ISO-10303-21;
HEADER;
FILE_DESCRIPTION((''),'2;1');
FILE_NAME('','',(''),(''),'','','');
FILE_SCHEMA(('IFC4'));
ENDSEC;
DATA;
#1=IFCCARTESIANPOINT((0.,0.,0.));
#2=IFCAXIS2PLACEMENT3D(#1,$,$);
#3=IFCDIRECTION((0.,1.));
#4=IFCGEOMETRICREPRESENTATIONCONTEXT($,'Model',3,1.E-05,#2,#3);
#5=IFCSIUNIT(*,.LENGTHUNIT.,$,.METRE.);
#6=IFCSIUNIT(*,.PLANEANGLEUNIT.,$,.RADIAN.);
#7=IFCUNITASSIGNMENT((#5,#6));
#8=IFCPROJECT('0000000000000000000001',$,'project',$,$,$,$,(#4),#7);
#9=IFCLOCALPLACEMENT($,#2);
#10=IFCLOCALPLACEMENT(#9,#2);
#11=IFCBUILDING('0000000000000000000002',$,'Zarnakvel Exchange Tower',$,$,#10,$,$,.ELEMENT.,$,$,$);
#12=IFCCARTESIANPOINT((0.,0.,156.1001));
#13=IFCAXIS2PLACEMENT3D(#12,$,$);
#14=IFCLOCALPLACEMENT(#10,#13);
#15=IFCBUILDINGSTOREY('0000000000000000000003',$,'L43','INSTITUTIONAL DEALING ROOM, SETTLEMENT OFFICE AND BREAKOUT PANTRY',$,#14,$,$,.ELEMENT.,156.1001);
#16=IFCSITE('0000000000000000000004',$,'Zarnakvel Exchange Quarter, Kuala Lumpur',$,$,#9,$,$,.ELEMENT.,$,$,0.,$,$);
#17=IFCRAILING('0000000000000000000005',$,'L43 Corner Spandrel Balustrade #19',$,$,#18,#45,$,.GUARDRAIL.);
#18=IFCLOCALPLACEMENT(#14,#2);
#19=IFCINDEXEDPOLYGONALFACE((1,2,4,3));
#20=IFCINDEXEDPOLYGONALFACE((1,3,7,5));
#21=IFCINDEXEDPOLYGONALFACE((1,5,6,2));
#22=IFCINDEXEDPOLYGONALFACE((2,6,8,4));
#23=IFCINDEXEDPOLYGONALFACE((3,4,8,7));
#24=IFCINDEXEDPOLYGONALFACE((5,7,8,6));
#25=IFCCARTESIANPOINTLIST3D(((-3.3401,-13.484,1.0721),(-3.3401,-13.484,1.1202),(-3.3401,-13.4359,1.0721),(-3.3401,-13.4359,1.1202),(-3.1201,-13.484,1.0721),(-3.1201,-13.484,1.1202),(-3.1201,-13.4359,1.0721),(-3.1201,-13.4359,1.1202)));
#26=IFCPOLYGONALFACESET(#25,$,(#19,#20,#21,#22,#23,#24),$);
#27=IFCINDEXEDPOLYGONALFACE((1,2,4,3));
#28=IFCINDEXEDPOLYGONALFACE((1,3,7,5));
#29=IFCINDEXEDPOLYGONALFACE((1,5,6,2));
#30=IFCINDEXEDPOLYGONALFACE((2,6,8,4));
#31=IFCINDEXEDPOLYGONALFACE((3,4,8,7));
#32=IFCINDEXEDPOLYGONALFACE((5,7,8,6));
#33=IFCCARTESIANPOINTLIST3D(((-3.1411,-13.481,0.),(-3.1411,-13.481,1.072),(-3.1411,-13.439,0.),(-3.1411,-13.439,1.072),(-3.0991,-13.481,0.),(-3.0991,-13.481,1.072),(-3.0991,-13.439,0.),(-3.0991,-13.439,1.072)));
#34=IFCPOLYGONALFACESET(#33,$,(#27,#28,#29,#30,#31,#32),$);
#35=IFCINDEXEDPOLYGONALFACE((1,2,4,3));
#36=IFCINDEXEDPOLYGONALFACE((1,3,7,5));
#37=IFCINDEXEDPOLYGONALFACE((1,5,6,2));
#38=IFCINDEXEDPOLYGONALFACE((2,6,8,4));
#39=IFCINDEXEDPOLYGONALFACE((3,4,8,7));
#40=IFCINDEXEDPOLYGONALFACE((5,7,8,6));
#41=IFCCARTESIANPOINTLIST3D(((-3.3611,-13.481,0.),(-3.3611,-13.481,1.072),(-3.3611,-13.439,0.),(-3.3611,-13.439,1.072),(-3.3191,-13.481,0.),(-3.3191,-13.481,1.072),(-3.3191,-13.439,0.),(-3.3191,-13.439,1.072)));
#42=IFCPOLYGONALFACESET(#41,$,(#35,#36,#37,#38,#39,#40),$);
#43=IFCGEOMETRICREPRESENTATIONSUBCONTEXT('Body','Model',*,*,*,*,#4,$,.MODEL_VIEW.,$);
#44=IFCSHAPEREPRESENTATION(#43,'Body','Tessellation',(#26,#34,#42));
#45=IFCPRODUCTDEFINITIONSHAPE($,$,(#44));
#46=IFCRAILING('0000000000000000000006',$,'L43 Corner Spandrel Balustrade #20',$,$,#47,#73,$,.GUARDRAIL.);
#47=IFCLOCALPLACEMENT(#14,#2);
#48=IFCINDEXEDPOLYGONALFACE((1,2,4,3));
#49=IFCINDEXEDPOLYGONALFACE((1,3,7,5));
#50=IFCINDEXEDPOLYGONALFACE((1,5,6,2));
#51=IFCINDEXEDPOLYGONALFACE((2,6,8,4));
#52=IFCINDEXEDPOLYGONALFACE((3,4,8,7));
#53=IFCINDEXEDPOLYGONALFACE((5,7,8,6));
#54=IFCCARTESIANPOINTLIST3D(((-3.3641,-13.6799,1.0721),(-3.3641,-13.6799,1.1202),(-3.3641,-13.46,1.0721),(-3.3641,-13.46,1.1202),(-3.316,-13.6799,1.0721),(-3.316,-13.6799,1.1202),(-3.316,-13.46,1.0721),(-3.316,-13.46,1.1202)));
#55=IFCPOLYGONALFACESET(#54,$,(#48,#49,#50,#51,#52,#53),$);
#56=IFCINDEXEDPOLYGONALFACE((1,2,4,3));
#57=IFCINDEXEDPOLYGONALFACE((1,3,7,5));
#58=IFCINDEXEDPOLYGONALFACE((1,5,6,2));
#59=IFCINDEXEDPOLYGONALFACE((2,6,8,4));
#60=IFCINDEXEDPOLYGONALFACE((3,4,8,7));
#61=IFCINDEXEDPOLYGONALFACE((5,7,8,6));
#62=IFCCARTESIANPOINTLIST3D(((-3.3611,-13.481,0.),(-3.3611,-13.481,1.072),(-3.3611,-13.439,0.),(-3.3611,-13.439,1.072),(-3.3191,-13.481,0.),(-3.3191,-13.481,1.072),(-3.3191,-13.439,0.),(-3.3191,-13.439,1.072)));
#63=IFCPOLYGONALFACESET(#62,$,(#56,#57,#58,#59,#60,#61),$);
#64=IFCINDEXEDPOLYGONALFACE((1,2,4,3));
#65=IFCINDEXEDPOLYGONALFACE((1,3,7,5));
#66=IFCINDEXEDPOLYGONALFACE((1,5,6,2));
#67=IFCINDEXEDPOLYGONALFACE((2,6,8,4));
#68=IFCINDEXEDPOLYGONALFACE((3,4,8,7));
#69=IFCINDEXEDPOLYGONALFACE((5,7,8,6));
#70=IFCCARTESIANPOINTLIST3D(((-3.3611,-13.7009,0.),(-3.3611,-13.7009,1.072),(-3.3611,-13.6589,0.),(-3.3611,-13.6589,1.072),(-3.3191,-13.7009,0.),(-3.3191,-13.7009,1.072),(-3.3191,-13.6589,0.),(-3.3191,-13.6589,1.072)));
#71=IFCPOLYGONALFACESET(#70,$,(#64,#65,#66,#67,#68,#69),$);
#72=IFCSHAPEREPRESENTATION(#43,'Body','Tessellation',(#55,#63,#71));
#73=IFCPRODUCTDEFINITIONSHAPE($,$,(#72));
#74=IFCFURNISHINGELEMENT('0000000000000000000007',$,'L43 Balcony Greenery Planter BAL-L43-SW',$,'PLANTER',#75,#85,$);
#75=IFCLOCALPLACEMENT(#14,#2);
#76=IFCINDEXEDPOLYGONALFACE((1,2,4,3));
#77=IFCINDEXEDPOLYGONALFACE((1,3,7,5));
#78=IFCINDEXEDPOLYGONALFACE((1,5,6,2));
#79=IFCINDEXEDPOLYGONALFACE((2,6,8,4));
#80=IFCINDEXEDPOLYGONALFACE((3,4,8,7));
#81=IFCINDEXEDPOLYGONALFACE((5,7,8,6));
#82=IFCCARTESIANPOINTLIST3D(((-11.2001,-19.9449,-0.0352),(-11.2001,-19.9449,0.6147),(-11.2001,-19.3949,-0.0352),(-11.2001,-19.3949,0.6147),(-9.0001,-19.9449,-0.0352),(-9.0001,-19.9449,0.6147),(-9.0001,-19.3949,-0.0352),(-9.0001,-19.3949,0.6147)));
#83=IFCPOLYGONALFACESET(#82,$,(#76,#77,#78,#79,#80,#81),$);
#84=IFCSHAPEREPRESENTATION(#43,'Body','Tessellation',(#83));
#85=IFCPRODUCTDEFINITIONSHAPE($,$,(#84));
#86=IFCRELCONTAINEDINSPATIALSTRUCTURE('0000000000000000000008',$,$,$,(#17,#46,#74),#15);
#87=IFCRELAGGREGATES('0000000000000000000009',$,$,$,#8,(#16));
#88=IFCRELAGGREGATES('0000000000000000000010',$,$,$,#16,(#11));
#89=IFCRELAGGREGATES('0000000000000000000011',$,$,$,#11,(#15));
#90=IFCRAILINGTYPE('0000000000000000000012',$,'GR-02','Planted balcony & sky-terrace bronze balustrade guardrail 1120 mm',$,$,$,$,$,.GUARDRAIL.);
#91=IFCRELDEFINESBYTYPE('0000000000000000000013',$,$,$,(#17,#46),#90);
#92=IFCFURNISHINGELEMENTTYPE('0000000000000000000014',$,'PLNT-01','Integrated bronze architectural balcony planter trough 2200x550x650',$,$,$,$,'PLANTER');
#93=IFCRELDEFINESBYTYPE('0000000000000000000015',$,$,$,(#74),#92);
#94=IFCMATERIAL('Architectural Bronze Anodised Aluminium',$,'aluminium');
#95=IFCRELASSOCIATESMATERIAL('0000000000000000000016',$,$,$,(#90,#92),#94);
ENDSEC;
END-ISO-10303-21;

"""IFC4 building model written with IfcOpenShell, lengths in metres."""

from ifc_helpers import new_model, si_unit, direction, frame, origin, origin_2d, place, context, subcontext, project, spatial, rectangle, extrude, source, transform, mapped, material, type_object, element, save


model = new_model("IFC4")

# Units and contexts
model_context = context("Model", 3, precision=1e-05, world=origin(), true_north=direction((0.0, 1.0)))
body_context = subcontext(model_context, "Body", "Model", "MODEL_VIEW")
ifc_project = project(units=[si_unit("LENGTHUNIT", "METRE"), si_unit("PLANEANGLEUNIT", "RADIAN")], contexts=[model_context])

# Site, building, storey
site_placement = place(None, origin())
site = spatial("IfcSite", under=ifc_project, at=site_placement, Name="Zarnakvel Exchange Quarter, Kuala Lumpur", CompositionType="ELEMENT", RefElevation=0.0)
building_placement = place(site_placement, origin())
building = spatial("IfcBuilding", under=site, at=building_placement, Name="Zarnakvel Exchange Tower", CompositionType="ELEMENT")
storey_placement = place(building_placement, frame((0.0, 0.0, 156.1001)))
storey = spatial("IfcBuildingStorey", under=building, at=storey_placement, Name="L43", Description="INSTITUTIONAL DEALING ROOM, SETTLEMENT OFFICE AND BREAKOUT PANTRY", CompositionType="ELEMENT", Elevation=156.1001)

# Shared definitions
ifc_material_1 = material(Name="Architectural Bronze Anodised Aluminium", Category="aluminium")

# Railings
railing_type = type_object("IfcRailingType", Name="GR-02", Description="Planted balcony & sky-terrace bronze balustrade guardrail 1120 mm", PredefinedType="GUARDRAIL", material=ifc_material_1)
railing_1_placement = place(storey_placement, frame((-3.1201, -13.46, 0.0)))
element("IfcRailing", 1, at=railing_1_placement, inside=storey, type_object=railing_type, Name="L43 Corner Spandrel Balustrade #19", PredefinedType="GUARDRAIL", context=body_context, shape_type="SweptSolid", body=[
    extrude(rectangle(XDim=0.0481, YDim=0.0481, at=origin_2d()), frame((0.0, 0.0, 1.0962), z_axis=(-1.0, 0.0, 0.0), x_axis=(0.0, -1.0, 0.0)), (0.0, 0.0, 1.0), 0.22),
    extrude(rectangle(XDim=0.042, YDim=0.042, at=origin_2d()), origin(), (0.0, 0.0, 1.0), 1.072),
    extrude(rectangle(XDim=0.042, YDim=0.042, at=origin_2d()), frame((-0.22, 0.0, 0.0)), (0.0, 0.0, 1.0), 1.072),
])
railing_2_placement = place(storey_placement, frame((-3.3401, -13.46, 0.0)))
element("IfcRailing", 2, at=railing_2_placement, inside=storey, type_object=railing_type, Name="L43 Corner Spandrel Balustrade #20", PredefinedType="GUARDRAIL", context=body_context, shape_type="SweptSolid", body=[
    extrude(rectangle(XDim=0.0481, YDim=0.0481, at=origin_2d()), frame((0.0, 0.0, 1.0962), z_axis=(0.0, -1.0, 0.0), x_axis=(1.0, 0.0, 0.0)), (0.0, 0.0, 1.0), 0.22),
    extrude(rectangle(XDim=0.042, YDim=0.042, at=origin_2d()), origin(), (0.0, 0.0, 1.0), 1.072),
    extrude(rectangle(XDim=0.042, YDim=0.042, at=origin_2d()), frame((0.0, -0.22, 0.0)), (0.0, 0.0, 1.0), 1.072),
])

# Furnishing element
furnishing_element_type = type_object("IfcFurnishingElementType", Name="PLNT-01", Description="Integrated bronze architectural balcony planter trough 2200x550x650", ElementType="PLANTER", material=ifc_material_1)
shared_shape_1 = source(origin(), body_context, "Body", "SweptSolid", [
    extrude(rectangle(XDim=2.2, YDim=0.55, at=origin_2d()), origin(), (0.0, 0.0, 1.0), 0.6499),
])
furnishing_placement = place(storey_placement, frame((-10.1001, -19.6699, -0.0352), z_axis=(0.0, 0.0, 1.0), x_axis=(1.0, 0.0, 0.0)))
element("IfcFurnishingElement", 3, at=furnishing_placement, inside=storey, type_object=furnishing_element_type, Name="L43 Balcony Greenery Planter BAL-L43-SW", ObjectType="PLANTER", context=body_context, shape_type="MappedRepresentation", body=[
    mapped(shared_shape_1, transform((0.0, 0.0, 0.0), x_axis=(1.0, 0.0, 0.0), y_axis=(0.0, 1.0, 0.0), z_axis=(0.0, 0.0, 1.0), scale=1.0)),
])

save(model, "model.ifc")
